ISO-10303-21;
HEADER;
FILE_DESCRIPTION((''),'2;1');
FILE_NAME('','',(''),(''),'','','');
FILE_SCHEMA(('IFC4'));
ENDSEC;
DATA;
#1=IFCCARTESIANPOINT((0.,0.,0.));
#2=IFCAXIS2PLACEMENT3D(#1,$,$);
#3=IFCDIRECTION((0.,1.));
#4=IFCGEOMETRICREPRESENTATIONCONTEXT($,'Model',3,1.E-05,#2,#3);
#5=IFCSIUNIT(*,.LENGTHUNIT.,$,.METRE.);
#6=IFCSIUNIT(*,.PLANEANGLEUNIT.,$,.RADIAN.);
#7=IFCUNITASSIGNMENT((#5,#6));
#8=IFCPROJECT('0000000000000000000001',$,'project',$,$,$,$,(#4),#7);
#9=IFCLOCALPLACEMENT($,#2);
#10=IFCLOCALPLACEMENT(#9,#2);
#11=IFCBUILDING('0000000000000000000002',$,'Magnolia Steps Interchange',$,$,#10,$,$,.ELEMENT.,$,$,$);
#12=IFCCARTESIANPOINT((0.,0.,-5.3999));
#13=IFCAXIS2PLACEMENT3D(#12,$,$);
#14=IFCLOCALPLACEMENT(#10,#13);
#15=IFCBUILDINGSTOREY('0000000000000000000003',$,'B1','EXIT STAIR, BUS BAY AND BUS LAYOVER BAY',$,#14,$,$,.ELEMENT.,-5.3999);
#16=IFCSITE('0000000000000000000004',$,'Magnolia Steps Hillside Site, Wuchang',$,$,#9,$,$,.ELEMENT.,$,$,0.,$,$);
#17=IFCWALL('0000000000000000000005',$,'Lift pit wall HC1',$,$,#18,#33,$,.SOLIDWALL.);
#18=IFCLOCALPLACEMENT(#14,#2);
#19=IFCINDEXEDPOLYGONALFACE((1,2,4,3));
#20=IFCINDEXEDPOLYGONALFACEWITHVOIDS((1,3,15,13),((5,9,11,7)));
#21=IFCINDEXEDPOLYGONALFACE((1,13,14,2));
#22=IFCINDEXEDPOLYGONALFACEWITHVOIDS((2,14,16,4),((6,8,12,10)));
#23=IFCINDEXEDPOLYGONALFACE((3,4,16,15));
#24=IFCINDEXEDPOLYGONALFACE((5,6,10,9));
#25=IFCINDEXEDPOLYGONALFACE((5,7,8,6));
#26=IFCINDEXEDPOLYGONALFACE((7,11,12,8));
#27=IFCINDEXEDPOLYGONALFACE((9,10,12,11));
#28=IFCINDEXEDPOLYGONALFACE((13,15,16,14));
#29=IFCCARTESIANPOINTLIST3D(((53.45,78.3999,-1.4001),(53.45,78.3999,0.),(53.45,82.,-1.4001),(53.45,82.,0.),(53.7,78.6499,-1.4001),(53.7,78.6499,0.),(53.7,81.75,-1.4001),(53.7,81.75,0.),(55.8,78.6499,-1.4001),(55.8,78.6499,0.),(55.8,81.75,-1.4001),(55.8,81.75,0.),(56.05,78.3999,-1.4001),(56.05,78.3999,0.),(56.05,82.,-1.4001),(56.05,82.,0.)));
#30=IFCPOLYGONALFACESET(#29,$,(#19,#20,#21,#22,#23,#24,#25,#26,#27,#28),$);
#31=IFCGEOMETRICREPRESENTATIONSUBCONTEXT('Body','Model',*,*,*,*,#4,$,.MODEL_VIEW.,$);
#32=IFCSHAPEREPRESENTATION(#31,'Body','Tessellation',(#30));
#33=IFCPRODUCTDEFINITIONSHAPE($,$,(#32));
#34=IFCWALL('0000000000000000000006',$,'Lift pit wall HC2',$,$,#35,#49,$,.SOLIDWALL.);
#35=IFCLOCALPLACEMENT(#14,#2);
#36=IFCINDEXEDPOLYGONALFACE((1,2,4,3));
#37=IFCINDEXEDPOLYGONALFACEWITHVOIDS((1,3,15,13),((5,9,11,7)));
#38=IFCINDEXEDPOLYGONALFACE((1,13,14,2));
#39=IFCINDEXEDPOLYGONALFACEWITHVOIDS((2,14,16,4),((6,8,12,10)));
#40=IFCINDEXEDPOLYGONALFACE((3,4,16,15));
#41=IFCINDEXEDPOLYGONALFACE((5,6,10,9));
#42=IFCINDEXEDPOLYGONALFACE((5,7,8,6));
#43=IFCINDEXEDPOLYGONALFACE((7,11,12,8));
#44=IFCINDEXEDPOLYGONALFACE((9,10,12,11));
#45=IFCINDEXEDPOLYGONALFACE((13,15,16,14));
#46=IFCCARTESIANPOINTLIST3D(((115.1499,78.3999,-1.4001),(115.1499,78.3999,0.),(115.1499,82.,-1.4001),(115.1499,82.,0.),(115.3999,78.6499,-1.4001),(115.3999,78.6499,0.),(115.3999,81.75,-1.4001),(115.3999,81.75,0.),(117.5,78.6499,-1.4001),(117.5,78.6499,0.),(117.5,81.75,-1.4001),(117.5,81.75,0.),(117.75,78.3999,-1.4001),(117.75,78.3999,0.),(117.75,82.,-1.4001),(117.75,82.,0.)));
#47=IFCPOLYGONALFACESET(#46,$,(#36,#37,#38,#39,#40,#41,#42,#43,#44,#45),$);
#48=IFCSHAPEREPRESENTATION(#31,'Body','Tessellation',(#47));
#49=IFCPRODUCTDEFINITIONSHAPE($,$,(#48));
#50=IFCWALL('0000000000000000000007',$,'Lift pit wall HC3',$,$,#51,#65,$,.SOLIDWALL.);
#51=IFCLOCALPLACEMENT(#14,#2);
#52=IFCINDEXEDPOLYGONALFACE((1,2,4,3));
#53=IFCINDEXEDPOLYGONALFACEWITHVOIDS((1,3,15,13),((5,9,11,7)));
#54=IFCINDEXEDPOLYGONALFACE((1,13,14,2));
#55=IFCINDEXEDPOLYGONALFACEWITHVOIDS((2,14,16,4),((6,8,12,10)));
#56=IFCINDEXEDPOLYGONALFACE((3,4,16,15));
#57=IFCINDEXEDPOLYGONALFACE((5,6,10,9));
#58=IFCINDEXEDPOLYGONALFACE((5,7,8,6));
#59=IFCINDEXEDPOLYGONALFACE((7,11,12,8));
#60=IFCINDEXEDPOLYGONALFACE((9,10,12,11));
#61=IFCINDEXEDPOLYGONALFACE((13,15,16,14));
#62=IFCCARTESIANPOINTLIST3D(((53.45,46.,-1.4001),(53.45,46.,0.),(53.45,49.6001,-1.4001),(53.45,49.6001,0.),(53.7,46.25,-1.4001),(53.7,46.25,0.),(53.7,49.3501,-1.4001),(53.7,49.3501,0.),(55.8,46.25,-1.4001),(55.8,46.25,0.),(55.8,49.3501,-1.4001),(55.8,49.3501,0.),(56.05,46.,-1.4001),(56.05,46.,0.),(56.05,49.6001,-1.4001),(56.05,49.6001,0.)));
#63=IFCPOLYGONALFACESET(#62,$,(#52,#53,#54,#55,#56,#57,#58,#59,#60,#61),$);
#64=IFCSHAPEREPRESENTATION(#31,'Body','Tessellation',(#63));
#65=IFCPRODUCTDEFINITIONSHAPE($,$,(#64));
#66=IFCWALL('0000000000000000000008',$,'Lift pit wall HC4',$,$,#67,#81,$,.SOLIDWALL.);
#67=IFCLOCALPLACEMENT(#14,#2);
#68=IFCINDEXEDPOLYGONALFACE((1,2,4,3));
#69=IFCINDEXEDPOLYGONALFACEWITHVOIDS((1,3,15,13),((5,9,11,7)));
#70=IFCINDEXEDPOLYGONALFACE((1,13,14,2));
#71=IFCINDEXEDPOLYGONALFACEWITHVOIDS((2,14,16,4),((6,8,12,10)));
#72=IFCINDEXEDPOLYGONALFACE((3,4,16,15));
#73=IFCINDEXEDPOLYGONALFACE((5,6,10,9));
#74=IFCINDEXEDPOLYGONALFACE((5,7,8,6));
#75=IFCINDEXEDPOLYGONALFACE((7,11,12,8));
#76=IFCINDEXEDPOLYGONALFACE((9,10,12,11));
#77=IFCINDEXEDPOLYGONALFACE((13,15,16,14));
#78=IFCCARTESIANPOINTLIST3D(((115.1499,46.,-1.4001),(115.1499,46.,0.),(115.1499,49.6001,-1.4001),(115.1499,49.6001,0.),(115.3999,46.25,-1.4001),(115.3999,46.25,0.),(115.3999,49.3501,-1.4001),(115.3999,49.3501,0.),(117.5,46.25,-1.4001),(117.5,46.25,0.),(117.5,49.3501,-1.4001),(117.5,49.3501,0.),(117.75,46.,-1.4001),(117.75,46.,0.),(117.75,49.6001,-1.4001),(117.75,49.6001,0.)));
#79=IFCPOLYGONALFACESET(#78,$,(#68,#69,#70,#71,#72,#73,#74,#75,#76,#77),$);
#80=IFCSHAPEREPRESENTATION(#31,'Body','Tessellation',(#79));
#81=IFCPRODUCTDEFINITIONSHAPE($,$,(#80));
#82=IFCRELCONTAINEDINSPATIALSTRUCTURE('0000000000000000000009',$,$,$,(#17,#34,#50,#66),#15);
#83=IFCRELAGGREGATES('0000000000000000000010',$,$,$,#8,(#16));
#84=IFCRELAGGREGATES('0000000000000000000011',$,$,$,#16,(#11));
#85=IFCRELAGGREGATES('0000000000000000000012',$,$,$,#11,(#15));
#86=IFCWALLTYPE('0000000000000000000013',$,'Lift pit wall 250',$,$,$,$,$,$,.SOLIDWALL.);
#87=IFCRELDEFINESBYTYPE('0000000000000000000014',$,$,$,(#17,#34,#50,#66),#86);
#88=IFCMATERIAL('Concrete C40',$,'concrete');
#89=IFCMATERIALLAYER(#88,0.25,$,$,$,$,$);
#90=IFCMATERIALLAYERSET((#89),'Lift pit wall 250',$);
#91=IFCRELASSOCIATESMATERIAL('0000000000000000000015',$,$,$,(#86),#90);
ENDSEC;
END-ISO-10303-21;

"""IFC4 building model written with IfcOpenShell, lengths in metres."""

from ifc_helpers import new_model, si_unit, direction, frame, origin, place, context, subcontext, project, spatial, polyline, outline, extrude, material, layer, layer_set, type_object, element, save


model = new_model("IFC4")

# Units and contexts
model_context = context("Model", 3, precision=1e-05, world=origin(), true_north=direction((0.0, 1.0)))
body_context = subcontext(model_context, "Body", "Model", "MODEL_VIEW")
ifc_project = project(units=[si_unit("LENGTHUNIT", "METRE"), si_unit("PLANEANGLEUNIT", "RADIAN")], contexts=[model_context])

# Site, building, storey
site_placement = place(None, origin())
site = spatial("IfcSite", under=ifc_project, at=site_placement, Name="Magnolia Steps Hillside Site, Wuchang", CompositionType="ELEMENT", RefElevation=0.0)
building_placement = place(site_placement, origin())
building = spatial("IfcBuilding", under=site, at=building_placement, Name="Magnolia Steps Interchange", CompositionType="ELEMENT")
storey_placement = place(building_placement, frame((0.0, 0.0, -5.3999)))
storey = spatial("IfcBuildingStorey", under=building, at=storey_placement, Name="B1", Description="EXIT STAIR, BUS BAY AND BUS LAYOVER BAY", CompositionType="ELEMENT", Elevation=-5.3999)

# Walls
ifc_material_1 = material(Name="Concrete C40", Category="concrete")
ifc_layer_1 = layer(ifc_material_1, 0.25)
ifc_layer_set_1 = layer_set([ifc_layer_1], Name="Lift pit wall 250")
wall_type = type_object("IfcWallType", Name="Lift pit wall 250", PredefinedType="SOLIDWALL", material=ifc_layer_set_1)
wall_1_placement = place(storey_placement, frame((0.0, 0.0, -1.4001)))
element("IfcWall", 1, at=wall_1_placement, inside=storey, type_object=wall_type, Name="Lift pit wall HC1", PredefinedType="SOLIDWALL", context=body_context, shape_type="SweptSolid", body=[
    extrude(outline(polyline([(56.05, 78.3999), (56.05, 82.0), (53.45, 82.0), (53.45, 78.3999), (56.05, 78.3999)]), holes=[polyline([(55.8, 81.75), (53.7, 81.75), (53.7, 78.6499), (55.8, 78.6499), (55.8, 81.75)])]), origin(), (0.0, 0.0, 1.0), 1.4001),
])
wall_2_placement = place(storey_placement, frame((0.0, 0.0, -1.4001)))
element("IfcWall", 2, at=wall_2_placement, inside=storey, type_object=wall_type, Name="Lift pit wall HC2", PredefinedType="SOLIDWALL", context=body_context, shape_type="SweptSolid", body=[
    extrude(outline(polyline([(115.1499, 82.0), (115.1499, 78.3999), (117.75, 78.3999), (117.75, 82.0), (115.1499, 82.0)]), holes=[polyline([(115.3999, 78.6499), (117.5, 78.6499), (117.5, 81.75), (115.3999, 81.75), (115.3999, 78.6499)])]), origin(), (0.0, 0.0, 1.0), 1.4001),
])
wall_3_placement = place(storey_placement, frame((0.0, 0.0, -1.4001)))
element("IfcWall", 3, at=wall_3_placement, inside=storey, type_object=wall_type, Name="Lift pit wall HC3", PredefinedType="SOLIDWALL", context=body_context, shape_type="SweptSolid", body=[
    extrude(outline(polyline([(56.05, 46.0), (56.05, 49.6001), (53.45, 49.6001), (53.45, 46.0), (56.05, 46.0)]), holes=[polyline([(55.8, 49.3501), (53.7, 49.3501), (53.7, 46.25), (55.8, 46.25), (55.8, 49.3501)])]), origin(), (0.0, 0.0, 1.0), 1.4001),
])
wall_4_placement = place(storey_placement, frame((0.0, 0.0, -1.4001)))
element("IfcWall", 4, at=wall_4_placement, inside=storey, type_object=wall_type, Name="Lift pit wall HC4", PredefinedType="SOLIDWALL", context=body_context, shape_type="SweptSolid", body=[
    extrude(outline(polyline([(115.1499, 49.6001), (115.1499, 46.0), (117.75, 46.0), (117.75, 49.6001), (115.1499, 49.6001)]), holes=[polyline([(115.3999, 46.25), (117.5, 46.25), (117.5, 49.3501), (115.3999, 49.3501), (115.3999, 46.25)])]), origin(), (0.0, 0.0, 1.0), 1.4001),
])

save(model, "model.ifc")
